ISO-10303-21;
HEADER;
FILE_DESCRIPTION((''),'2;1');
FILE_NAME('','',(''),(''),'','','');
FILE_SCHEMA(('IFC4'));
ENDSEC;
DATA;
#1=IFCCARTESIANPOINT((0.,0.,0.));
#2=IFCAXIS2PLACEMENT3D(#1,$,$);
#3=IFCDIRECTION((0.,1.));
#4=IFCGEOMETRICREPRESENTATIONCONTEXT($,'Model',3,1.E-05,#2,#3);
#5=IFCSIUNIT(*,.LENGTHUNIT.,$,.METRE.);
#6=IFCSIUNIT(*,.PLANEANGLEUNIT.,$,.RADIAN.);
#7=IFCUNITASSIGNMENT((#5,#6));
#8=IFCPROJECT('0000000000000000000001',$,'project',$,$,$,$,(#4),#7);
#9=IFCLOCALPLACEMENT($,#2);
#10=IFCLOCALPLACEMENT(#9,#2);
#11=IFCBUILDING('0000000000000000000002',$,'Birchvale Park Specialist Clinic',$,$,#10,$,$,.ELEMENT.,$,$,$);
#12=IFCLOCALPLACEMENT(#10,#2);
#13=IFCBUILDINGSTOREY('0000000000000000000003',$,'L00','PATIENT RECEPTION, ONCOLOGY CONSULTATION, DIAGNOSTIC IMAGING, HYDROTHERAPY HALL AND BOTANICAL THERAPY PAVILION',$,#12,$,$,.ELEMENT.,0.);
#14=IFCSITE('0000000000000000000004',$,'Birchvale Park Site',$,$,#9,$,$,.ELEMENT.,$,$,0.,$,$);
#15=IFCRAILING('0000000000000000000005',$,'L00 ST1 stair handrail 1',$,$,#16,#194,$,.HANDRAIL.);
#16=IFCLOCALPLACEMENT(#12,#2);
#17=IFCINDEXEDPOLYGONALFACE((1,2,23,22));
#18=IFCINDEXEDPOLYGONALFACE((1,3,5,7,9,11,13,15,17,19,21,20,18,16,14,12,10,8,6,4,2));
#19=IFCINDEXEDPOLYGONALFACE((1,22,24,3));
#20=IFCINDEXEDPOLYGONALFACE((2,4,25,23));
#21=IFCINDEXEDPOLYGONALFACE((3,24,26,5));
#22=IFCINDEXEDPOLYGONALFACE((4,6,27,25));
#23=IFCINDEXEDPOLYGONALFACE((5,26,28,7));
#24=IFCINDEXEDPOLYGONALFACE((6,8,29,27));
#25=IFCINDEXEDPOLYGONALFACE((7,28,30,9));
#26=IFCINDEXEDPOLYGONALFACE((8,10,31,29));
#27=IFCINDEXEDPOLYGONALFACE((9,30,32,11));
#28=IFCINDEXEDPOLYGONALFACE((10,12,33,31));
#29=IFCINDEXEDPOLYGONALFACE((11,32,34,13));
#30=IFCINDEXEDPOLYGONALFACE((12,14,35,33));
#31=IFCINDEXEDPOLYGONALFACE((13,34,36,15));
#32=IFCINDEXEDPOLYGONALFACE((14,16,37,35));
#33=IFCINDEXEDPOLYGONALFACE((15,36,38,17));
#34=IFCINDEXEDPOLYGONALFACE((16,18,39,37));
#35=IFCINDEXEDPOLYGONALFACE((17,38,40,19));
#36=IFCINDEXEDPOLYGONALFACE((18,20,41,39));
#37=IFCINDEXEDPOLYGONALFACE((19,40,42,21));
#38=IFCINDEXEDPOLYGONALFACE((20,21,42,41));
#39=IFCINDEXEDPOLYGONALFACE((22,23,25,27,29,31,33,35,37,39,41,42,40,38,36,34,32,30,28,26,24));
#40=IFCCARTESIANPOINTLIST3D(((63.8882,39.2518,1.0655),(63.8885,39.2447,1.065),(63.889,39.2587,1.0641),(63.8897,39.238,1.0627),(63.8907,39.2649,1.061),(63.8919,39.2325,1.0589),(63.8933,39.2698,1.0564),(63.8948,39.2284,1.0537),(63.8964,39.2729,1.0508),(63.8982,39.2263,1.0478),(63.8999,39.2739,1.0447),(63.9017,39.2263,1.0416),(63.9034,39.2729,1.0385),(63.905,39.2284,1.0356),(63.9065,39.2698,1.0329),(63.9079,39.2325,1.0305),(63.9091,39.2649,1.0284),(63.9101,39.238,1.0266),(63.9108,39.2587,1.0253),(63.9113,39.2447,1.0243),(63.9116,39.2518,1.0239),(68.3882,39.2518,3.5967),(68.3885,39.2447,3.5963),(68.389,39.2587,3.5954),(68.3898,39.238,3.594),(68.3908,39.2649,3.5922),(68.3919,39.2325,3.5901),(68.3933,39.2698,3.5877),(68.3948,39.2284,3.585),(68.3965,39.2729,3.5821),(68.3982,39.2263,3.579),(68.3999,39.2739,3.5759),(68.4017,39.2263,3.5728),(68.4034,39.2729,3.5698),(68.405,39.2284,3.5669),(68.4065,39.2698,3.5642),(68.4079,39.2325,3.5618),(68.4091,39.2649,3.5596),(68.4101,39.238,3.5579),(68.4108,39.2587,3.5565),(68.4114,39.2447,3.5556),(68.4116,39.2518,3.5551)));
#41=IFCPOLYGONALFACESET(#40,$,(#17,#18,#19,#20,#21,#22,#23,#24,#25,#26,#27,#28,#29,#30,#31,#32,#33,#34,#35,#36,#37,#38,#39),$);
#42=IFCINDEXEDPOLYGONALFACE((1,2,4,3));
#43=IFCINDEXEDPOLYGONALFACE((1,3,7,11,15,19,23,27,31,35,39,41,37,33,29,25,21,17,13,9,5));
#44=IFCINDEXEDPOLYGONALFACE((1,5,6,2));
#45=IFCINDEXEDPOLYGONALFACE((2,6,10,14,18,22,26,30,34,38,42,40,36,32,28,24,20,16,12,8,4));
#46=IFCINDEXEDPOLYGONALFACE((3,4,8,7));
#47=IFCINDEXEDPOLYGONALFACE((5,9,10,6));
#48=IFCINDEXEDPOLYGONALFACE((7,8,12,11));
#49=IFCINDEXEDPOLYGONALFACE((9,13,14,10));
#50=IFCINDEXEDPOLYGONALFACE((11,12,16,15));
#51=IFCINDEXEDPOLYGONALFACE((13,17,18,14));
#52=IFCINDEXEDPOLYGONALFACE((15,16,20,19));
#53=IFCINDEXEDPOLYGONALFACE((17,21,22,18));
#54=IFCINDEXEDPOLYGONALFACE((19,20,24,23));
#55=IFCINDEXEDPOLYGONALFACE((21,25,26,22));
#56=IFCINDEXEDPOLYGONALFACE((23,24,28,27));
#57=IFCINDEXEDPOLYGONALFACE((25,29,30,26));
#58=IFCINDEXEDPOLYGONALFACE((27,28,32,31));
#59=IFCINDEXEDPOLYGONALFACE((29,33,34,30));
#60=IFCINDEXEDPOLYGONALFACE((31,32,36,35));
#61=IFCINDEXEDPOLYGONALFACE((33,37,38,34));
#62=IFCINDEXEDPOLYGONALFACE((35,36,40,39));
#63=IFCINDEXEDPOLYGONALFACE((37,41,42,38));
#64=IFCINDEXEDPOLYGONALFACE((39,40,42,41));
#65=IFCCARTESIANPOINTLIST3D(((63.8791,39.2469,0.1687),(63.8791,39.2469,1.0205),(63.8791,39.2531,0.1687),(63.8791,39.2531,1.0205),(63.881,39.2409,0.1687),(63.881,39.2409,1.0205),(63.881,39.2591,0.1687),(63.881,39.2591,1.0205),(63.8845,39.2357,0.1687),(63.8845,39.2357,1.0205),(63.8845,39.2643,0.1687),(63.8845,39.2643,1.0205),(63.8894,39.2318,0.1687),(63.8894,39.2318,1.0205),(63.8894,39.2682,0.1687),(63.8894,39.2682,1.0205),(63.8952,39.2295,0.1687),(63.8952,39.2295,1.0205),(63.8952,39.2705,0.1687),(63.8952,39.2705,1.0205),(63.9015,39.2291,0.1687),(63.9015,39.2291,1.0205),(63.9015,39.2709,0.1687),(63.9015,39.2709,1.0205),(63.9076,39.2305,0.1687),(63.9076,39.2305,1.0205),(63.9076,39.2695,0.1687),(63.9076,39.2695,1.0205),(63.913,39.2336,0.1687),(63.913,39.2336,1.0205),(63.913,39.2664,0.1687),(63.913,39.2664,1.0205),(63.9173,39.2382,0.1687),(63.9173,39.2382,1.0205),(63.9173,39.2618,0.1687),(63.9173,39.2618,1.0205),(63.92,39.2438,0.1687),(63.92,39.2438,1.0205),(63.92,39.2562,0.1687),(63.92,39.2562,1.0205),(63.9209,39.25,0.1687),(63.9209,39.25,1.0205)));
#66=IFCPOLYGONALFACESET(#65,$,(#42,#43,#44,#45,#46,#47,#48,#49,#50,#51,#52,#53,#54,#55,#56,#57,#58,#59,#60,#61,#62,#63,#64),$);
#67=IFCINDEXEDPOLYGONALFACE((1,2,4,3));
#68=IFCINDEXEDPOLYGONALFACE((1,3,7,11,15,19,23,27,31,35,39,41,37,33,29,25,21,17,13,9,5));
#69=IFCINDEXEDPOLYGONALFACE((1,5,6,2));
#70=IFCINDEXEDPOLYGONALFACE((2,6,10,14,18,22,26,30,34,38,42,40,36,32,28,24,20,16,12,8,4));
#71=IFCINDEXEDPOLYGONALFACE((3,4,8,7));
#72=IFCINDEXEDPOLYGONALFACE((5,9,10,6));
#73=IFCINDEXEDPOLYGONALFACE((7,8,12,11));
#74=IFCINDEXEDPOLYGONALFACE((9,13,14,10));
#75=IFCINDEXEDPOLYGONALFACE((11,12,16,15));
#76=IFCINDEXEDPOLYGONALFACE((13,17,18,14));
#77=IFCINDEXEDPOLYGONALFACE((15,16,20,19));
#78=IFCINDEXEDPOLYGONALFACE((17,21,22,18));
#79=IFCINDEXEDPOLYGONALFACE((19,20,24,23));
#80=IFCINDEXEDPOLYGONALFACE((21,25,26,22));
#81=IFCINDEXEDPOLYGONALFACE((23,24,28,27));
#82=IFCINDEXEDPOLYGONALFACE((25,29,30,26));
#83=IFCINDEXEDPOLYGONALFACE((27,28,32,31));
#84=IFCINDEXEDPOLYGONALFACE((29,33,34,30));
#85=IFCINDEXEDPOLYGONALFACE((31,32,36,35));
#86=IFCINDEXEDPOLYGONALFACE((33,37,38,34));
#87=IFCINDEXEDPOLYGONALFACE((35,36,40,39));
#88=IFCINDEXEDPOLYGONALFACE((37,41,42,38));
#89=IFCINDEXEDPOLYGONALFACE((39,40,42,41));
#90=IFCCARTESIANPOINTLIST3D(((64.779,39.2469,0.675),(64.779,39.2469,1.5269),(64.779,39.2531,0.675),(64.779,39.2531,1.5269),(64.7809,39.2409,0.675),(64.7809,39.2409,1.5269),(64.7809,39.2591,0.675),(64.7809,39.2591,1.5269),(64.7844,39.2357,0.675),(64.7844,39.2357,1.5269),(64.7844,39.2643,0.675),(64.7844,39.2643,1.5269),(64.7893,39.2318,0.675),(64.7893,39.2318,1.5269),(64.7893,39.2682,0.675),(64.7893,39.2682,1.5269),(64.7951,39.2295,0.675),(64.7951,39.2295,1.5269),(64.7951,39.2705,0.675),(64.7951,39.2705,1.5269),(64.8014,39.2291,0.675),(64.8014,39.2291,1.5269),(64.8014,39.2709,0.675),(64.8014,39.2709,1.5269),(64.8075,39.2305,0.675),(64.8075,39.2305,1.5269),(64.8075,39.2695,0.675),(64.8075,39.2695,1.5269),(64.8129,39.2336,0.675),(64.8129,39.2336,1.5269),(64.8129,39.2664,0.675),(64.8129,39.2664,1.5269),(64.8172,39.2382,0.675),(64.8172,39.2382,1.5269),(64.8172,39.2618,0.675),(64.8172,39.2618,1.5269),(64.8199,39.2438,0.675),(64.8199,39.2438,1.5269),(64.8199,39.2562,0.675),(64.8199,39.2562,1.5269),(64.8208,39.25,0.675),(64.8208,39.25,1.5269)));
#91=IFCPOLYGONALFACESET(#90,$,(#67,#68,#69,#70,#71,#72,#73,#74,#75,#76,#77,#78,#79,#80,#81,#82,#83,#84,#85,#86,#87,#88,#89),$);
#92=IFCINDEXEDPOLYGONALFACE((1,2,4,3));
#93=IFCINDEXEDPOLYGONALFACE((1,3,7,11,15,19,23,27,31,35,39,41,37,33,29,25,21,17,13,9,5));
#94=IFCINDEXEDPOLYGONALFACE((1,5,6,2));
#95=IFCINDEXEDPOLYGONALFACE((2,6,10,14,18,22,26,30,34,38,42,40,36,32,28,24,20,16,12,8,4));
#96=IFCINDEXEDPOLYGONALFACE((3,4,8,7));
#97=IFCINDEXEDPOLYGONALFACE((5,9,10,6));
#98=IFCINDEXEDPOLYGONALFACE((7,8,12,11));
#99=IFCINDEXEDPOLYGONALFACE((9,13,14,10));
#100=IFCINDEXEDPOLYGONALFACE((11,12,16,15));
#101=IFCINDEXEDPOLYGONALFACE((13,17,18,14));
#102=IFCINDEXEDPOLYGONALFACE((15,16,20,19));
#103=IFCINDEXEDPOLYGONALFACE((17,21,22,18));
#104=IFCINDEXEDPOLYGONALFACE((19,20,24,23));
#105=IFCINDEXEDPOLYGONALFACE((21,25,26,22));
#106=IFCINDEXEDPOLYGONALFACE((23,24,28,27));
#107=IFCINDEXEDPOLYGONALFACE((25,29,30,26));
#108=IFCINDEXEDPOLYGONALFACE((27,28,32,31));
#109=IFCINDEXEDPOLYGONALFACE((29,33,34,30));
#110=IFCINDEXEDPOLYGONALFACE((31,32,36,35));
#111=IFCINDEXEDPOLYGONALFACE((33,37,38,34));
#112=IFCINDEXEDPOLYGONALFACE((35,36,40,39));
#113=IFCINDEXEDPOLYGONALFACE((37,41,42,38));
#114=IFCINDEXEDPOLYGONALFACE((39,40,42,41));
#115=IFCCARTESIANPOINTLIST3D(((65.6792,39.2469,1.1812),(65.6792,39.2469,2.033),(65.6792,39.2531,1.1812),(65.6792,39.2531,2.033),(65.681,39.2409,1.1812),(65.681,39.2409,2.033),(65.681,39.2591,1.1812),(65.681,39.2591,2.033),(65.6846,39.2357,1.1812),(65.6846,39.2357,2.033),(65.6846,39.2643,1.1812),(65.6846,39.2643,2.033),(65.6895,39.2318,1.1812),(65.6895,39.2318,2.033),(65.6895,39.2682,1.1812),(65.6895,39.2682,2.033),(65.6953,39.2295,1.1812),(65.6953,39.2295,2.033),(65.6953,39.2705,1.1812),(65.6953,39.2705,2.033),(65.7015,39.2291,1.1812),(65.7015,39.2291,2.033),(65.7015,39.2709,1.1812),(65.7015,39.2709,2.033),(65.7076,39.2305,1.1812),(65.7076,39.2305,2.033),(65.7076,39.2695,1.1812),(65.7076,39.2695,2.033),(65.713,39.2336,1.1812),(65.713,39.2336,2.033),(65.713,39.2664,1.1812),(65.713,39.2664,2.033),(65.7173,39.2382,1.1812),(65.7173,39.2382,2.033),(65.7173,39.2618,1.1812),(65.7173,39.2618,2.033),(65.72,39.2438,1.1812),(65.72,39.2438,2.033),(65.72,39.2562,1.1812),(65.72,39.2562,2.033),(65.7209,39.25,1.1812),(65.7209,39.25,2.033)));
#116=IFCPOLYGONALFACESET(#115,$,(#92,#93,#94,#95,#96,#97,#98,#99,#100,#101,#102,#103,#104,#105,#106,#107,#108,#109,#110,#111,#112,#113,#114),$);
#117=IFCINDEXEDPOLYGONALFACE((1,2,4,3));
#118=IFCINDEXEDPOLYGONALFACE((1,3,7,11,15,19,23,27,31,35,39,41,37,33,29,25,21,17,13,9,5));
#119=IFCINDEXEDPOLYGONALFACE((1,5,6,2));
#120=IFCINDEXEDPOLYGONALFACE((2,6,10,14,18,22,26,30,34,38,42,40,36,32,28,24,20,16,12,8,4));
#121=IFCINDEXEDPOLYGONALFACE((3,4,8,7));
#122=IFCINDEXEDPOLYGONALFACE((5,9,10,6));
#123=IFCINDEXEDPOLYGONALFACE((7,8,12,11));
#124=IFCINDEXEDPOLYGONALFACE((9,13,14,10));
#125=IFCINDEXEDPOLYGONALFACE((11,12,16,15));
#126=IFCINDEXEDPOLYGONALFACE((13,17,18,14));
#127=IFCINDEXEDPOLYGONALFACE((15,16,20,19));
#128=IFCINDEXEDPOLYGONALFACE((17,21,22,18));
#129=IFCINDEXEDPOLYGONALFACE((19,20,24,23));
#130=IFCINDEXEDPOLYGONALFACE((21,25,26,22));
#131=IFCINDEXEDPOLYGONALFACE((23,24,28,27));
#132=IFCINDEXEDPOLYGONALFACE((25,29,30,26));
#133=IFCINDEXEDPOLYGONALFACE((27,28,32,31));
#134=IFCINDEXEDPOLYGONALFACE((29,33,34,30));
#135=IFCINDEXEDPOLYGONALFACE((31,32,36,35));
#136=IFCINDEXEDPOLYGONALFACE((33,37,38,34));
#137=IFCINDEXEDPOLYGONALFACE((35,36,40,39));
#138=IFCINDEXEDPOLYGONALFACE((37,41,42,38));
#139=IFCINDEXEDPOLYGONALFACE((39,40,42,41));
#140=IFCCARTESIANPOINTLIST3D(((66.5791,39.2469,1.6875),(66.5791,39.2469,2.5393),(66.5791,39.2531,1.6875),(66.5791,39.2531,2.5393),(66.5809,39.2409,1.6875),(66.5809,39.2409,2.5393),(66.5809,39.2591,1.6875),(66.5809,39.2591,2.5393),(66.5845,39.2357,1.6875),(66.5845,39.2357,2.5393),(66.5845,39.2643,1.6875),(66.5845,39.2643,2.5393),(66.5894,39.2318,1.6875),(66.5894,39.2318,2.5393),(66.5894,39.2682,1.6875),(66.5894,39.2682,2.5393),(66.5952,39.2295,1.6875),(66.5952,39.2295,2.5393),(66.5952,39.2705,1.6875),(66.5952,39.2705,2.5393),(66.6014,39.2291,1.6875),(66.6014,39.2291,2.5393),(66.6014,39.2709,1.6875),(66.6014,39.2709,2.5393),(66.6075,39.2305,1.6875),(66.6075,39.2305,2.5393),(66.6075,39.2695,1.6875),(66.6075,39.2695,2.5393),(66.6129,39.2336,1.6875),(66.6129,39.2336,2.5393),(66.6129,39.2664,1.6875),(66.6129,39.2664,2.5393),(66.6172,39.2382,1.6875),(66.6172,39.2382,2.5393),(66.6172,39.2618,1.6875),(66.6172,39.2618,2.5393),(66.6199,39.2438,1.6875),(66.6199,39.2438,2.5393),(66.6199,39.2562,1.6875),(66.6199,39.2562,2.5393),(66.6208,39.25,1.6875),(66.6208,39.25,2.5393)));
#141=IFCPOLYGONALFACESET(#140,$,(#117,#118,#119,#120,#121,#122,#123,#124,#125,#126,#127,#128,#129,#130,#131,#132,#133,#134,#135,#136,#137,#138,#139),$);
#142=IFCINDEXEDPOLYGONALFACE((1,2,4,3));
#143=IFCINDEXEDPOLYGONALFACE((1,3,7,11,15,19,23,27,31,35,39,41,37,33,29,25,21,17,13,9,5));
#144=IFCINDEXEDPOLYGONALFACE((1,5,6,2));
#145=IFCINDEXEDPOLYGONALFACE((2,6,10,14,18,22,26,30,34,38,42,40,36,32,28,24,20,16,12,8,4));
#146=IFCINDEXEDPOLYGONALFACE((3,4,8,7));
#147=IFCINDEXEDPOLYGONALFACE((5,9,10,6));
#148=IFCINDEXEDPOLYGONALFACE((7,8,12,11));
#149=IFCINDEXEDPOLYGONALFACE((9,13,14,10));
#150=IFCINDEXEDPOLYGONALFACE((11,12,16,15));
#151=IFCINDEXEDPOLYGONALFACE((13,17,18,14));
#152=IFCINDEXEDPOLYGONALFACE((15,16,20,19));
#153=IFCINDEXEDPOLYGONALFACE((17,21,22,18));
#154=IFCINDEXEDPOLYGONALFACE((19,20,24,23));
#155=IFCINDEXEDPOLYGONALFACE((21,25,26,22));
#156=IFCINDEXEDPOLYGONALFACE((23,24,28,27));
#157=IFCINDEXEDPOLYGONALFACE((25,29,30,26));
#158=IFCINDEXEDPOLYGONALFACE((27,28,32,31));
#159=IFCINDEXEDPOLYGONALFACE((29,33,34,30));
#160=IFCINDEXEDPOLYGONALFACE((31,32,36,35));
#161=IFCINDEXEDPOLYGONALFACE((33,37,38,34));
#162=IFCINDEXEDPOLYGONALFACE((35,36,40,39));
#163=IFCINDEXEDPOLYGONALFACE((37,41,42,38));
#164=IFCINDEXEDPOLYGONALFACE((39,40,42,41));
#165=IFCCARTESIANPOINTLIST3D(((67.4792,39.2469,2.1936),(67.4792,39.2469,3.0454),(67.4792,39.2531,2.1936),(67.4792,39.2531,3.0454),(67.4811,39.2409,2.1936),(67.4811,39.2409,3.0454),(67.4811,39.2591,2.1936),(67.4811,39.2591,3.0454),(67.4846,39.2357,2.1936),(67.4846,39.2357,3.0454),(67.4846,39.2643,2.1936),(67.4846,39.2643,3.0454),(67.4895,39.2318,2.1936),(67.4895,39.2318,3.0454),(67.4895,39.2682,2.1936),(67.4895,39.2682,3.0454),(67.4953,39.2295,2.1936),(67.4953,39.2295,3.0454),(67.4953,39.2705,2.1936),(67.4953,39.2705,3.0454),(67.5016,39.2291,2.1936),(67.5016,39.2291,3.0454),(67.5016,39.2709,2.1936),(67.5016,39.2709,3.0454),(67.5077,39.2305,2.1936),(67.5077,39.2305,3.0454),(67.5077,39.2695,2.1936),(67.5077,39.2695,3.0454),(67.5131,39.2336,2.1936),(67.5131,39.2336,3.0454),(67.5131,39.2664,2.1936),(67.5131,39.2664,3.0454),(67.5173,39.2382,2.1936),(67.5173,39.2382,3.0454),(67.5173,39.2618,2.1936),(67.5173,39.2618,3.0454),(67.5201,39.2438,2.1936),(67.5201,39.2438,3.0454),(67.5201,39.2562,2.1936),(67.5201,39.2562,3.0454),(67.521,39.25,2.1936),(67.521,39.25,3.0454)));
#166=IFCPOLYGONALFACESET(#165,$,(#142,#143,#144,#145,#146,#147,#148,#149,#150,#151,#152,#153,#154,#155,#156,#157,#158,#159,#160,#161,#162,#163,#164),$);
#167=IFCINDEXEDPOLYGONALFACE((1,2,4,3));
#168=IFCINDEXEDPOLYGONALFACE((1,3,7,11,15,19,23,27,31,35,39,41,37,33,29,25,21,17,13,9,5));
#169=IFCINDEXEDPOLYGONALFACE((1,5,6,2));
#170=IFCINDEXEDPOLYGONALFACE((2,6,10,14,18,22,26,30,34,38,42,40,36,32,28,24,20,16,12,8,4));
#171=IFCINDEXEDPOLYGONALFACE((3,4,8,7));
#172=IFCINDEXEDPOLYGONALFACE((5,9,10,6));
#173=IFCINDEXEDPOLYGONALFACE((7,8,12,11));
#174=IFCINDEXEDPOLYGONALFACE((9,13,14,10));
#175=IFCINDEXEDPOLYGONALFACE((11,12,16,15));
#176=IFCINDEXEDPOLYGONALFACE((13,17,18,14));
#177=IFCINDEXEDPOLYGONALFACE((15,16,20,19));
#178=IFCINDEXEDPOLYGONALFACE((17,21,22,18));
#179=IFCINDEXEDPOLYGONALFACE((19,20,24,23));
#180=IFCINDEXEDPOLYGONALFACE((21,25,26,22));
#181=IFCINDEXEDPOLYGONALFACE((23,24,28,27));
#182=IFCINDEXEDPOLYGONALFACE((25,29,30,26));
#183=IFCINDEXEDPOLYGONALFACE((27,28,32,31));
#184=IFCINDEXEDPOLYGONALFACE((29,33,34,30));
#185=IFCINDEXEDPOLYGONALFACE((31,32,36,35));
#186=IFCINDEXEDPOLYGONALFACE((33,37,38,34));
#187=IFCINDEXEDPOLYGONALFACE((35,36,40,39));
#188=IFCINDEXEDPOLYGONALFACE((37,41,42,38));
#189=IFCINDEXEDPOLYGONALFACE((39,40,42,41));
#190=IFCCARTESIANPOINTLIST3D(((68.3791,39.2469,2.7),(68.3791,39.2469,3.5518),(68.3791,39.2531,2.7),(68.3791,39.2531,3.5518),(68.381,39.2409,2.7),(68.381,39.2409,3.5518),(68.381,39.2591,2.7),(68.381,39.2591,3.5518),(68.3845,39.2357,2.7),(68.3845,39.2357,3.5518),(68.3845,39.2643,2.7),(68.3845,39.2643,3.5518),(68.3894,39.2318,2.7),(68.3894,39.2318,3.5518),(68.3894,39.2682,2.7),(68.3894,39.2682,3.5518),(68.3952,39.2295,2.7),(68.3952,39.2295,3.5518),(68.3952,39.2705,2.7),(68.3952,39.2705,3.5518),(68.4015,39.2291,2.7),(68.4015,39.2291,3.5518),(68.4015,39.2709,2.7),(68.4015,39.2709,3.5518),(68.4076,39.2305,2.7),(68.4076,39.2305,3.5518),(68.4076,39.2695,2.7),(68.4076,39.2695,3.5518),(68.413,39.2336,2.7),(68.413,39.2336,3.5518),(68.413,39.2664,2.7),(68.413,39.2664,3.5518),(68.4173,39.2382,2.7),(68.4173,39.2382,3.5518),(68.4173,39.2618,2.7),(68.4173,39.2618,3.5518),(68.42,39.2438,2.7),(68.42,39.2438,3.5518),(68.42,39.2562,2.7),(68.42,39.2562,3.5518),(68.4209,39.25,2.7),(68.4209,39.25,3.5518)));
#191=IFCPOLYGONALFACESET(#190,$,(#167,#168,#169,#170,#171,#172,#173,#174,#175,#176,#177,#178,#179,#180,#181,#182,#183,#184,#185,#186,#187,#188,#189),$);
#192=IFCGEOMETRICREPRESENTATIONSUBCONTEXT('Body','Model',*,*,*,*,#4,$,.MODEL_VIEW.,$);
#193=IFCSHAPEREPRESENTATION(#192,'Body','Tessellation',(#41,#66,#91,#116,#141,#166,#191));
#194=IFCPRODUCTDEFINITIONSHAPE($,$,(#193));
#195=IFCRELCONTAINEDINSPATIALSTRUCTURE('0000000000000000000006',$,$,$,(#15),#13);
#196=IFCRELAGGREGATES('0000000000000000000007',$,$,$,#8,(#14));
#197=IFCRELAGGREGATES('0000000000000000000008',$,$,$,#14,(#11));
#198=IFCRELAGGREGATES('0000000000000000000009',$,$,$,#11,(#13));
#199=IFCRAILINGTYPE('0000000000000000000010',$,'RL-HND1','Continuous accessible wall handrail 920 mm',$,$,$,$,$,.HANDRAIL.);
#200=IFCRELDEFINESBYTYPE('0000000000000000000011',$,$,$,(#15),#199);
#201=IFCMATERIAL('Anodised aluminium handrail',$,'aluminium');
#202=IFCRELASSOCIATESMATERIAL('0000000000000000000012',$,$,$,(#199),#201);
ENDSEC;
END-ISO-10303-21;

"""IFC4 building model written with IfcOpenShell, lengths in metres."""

from ifc_helpers import new_model, si_unit, direction, frame, origin, origin_2d, place, context, subcontext, project, spatial, circle, extrude, material, type_object, element, save


model = new_model("IFC4")

# Units and contexts
model_context = context("Model", 3, precision=1e-05, world=origin(), true_north=direction((0.0, 1.0)))
body_context = subcontext(model_context, "Body", "Model", "MODEL_VIEW")
ifc_project = project(units=[si_unit("LENGTHUNIT", "METRE"), si_unit("PLANEANGLEUNIT", "RADIAN")], contexts=[model_context])

# Site, building, storey
site_placement = place(None, origin())
site = spatial("IfcSite", under=ifc_project, at=site_placement, Name="Birchvale Park Site", CompositionType="ELEMENT", RefElevation=0.0)
building_placement = place(site_placement, origin())
building = spatial("IfcBuilding", under=site, at=building_placement, Name="Birchvale Park Specialist Clinic", CompositionType="ELEMENT")
storey_placement = place(building_placement, origin())
storey = spatial("IfcBuildingStorey", under=building, at=storey_placement, Name="L00", Description="PATIENT RECEPTION, ONCOLOGY CONSULTATION, DIAGNOSTIC IMAGING, HYDROTHERAPY HALL AND BOTANICAL THERAPY PAVILION", CompositionType="ELEMENT", Elevation=0.0)

# Railing
ifc_material_1 = material(Name="Anodised aluminium handrail", Category="aluminium")
railing_type_1 = type_object("IfcRailingType", Name="RL-HND1", Description="Continuous accessible wall handrail 920 mm", PredefinedType="HANDRAIL", material=ifc_material_1)
railing_1_placement = place(storey_placement, frame((63.8999, 39.25, 0.1687)))
element("IfcRailing", 1, at=railing_1_placement, inside=storey, type_object=railing_type_1, Name="L00 ST1 stair handrail 1", PredefinedType="HANDRAIL", context=body_context, shape_type="SweptSolid", body=[
    extrude(circle(Radius=0.0239, at=origin_2d()), frame((0.0, 0.0, 0.876), z_axis=(0.871576, 0.0, 0.490261), x_axis=(0.0, 1.0, 0.0)), (0.0, 0.0, 1.0), 5.1631),
    extrude(circle(Radius=0.021, at=origin_2d()), origin(), (0.0, 0.0, 1.0), 0.8518),
    extrude(circle(Radius=0.021, at=origin_2d()), frame((0.8999, 0.0, 0.5063)), (0.0, 0.0, 1.0), 0.8518),
    extrude(circle(Radius=0.021, at=origin_2d()), frame((1.8, 0.0, 1.0125)), (0.0, 0.0, 1.0), 0.8518),
    extrude(circle(Radius=0.021, at=origin_2d()), frame((2.7, 0.0, 1.5188)), (0.0, 0.0, 1.0), 0.8518),
    extrude(circle(Radius=0.021, at=origin_2d()), frame((3.6001, 0.0, 2.0249)), (0.0, 0.0, 1.0), 0.8518),
    extrude(circle(Radius=0.021, at=origin_2d()), frame((4.5, 0.0, 2.5312)), (0.0, 0.0, 1.0), 0.8518),
])

save(model, "model.ifc")
